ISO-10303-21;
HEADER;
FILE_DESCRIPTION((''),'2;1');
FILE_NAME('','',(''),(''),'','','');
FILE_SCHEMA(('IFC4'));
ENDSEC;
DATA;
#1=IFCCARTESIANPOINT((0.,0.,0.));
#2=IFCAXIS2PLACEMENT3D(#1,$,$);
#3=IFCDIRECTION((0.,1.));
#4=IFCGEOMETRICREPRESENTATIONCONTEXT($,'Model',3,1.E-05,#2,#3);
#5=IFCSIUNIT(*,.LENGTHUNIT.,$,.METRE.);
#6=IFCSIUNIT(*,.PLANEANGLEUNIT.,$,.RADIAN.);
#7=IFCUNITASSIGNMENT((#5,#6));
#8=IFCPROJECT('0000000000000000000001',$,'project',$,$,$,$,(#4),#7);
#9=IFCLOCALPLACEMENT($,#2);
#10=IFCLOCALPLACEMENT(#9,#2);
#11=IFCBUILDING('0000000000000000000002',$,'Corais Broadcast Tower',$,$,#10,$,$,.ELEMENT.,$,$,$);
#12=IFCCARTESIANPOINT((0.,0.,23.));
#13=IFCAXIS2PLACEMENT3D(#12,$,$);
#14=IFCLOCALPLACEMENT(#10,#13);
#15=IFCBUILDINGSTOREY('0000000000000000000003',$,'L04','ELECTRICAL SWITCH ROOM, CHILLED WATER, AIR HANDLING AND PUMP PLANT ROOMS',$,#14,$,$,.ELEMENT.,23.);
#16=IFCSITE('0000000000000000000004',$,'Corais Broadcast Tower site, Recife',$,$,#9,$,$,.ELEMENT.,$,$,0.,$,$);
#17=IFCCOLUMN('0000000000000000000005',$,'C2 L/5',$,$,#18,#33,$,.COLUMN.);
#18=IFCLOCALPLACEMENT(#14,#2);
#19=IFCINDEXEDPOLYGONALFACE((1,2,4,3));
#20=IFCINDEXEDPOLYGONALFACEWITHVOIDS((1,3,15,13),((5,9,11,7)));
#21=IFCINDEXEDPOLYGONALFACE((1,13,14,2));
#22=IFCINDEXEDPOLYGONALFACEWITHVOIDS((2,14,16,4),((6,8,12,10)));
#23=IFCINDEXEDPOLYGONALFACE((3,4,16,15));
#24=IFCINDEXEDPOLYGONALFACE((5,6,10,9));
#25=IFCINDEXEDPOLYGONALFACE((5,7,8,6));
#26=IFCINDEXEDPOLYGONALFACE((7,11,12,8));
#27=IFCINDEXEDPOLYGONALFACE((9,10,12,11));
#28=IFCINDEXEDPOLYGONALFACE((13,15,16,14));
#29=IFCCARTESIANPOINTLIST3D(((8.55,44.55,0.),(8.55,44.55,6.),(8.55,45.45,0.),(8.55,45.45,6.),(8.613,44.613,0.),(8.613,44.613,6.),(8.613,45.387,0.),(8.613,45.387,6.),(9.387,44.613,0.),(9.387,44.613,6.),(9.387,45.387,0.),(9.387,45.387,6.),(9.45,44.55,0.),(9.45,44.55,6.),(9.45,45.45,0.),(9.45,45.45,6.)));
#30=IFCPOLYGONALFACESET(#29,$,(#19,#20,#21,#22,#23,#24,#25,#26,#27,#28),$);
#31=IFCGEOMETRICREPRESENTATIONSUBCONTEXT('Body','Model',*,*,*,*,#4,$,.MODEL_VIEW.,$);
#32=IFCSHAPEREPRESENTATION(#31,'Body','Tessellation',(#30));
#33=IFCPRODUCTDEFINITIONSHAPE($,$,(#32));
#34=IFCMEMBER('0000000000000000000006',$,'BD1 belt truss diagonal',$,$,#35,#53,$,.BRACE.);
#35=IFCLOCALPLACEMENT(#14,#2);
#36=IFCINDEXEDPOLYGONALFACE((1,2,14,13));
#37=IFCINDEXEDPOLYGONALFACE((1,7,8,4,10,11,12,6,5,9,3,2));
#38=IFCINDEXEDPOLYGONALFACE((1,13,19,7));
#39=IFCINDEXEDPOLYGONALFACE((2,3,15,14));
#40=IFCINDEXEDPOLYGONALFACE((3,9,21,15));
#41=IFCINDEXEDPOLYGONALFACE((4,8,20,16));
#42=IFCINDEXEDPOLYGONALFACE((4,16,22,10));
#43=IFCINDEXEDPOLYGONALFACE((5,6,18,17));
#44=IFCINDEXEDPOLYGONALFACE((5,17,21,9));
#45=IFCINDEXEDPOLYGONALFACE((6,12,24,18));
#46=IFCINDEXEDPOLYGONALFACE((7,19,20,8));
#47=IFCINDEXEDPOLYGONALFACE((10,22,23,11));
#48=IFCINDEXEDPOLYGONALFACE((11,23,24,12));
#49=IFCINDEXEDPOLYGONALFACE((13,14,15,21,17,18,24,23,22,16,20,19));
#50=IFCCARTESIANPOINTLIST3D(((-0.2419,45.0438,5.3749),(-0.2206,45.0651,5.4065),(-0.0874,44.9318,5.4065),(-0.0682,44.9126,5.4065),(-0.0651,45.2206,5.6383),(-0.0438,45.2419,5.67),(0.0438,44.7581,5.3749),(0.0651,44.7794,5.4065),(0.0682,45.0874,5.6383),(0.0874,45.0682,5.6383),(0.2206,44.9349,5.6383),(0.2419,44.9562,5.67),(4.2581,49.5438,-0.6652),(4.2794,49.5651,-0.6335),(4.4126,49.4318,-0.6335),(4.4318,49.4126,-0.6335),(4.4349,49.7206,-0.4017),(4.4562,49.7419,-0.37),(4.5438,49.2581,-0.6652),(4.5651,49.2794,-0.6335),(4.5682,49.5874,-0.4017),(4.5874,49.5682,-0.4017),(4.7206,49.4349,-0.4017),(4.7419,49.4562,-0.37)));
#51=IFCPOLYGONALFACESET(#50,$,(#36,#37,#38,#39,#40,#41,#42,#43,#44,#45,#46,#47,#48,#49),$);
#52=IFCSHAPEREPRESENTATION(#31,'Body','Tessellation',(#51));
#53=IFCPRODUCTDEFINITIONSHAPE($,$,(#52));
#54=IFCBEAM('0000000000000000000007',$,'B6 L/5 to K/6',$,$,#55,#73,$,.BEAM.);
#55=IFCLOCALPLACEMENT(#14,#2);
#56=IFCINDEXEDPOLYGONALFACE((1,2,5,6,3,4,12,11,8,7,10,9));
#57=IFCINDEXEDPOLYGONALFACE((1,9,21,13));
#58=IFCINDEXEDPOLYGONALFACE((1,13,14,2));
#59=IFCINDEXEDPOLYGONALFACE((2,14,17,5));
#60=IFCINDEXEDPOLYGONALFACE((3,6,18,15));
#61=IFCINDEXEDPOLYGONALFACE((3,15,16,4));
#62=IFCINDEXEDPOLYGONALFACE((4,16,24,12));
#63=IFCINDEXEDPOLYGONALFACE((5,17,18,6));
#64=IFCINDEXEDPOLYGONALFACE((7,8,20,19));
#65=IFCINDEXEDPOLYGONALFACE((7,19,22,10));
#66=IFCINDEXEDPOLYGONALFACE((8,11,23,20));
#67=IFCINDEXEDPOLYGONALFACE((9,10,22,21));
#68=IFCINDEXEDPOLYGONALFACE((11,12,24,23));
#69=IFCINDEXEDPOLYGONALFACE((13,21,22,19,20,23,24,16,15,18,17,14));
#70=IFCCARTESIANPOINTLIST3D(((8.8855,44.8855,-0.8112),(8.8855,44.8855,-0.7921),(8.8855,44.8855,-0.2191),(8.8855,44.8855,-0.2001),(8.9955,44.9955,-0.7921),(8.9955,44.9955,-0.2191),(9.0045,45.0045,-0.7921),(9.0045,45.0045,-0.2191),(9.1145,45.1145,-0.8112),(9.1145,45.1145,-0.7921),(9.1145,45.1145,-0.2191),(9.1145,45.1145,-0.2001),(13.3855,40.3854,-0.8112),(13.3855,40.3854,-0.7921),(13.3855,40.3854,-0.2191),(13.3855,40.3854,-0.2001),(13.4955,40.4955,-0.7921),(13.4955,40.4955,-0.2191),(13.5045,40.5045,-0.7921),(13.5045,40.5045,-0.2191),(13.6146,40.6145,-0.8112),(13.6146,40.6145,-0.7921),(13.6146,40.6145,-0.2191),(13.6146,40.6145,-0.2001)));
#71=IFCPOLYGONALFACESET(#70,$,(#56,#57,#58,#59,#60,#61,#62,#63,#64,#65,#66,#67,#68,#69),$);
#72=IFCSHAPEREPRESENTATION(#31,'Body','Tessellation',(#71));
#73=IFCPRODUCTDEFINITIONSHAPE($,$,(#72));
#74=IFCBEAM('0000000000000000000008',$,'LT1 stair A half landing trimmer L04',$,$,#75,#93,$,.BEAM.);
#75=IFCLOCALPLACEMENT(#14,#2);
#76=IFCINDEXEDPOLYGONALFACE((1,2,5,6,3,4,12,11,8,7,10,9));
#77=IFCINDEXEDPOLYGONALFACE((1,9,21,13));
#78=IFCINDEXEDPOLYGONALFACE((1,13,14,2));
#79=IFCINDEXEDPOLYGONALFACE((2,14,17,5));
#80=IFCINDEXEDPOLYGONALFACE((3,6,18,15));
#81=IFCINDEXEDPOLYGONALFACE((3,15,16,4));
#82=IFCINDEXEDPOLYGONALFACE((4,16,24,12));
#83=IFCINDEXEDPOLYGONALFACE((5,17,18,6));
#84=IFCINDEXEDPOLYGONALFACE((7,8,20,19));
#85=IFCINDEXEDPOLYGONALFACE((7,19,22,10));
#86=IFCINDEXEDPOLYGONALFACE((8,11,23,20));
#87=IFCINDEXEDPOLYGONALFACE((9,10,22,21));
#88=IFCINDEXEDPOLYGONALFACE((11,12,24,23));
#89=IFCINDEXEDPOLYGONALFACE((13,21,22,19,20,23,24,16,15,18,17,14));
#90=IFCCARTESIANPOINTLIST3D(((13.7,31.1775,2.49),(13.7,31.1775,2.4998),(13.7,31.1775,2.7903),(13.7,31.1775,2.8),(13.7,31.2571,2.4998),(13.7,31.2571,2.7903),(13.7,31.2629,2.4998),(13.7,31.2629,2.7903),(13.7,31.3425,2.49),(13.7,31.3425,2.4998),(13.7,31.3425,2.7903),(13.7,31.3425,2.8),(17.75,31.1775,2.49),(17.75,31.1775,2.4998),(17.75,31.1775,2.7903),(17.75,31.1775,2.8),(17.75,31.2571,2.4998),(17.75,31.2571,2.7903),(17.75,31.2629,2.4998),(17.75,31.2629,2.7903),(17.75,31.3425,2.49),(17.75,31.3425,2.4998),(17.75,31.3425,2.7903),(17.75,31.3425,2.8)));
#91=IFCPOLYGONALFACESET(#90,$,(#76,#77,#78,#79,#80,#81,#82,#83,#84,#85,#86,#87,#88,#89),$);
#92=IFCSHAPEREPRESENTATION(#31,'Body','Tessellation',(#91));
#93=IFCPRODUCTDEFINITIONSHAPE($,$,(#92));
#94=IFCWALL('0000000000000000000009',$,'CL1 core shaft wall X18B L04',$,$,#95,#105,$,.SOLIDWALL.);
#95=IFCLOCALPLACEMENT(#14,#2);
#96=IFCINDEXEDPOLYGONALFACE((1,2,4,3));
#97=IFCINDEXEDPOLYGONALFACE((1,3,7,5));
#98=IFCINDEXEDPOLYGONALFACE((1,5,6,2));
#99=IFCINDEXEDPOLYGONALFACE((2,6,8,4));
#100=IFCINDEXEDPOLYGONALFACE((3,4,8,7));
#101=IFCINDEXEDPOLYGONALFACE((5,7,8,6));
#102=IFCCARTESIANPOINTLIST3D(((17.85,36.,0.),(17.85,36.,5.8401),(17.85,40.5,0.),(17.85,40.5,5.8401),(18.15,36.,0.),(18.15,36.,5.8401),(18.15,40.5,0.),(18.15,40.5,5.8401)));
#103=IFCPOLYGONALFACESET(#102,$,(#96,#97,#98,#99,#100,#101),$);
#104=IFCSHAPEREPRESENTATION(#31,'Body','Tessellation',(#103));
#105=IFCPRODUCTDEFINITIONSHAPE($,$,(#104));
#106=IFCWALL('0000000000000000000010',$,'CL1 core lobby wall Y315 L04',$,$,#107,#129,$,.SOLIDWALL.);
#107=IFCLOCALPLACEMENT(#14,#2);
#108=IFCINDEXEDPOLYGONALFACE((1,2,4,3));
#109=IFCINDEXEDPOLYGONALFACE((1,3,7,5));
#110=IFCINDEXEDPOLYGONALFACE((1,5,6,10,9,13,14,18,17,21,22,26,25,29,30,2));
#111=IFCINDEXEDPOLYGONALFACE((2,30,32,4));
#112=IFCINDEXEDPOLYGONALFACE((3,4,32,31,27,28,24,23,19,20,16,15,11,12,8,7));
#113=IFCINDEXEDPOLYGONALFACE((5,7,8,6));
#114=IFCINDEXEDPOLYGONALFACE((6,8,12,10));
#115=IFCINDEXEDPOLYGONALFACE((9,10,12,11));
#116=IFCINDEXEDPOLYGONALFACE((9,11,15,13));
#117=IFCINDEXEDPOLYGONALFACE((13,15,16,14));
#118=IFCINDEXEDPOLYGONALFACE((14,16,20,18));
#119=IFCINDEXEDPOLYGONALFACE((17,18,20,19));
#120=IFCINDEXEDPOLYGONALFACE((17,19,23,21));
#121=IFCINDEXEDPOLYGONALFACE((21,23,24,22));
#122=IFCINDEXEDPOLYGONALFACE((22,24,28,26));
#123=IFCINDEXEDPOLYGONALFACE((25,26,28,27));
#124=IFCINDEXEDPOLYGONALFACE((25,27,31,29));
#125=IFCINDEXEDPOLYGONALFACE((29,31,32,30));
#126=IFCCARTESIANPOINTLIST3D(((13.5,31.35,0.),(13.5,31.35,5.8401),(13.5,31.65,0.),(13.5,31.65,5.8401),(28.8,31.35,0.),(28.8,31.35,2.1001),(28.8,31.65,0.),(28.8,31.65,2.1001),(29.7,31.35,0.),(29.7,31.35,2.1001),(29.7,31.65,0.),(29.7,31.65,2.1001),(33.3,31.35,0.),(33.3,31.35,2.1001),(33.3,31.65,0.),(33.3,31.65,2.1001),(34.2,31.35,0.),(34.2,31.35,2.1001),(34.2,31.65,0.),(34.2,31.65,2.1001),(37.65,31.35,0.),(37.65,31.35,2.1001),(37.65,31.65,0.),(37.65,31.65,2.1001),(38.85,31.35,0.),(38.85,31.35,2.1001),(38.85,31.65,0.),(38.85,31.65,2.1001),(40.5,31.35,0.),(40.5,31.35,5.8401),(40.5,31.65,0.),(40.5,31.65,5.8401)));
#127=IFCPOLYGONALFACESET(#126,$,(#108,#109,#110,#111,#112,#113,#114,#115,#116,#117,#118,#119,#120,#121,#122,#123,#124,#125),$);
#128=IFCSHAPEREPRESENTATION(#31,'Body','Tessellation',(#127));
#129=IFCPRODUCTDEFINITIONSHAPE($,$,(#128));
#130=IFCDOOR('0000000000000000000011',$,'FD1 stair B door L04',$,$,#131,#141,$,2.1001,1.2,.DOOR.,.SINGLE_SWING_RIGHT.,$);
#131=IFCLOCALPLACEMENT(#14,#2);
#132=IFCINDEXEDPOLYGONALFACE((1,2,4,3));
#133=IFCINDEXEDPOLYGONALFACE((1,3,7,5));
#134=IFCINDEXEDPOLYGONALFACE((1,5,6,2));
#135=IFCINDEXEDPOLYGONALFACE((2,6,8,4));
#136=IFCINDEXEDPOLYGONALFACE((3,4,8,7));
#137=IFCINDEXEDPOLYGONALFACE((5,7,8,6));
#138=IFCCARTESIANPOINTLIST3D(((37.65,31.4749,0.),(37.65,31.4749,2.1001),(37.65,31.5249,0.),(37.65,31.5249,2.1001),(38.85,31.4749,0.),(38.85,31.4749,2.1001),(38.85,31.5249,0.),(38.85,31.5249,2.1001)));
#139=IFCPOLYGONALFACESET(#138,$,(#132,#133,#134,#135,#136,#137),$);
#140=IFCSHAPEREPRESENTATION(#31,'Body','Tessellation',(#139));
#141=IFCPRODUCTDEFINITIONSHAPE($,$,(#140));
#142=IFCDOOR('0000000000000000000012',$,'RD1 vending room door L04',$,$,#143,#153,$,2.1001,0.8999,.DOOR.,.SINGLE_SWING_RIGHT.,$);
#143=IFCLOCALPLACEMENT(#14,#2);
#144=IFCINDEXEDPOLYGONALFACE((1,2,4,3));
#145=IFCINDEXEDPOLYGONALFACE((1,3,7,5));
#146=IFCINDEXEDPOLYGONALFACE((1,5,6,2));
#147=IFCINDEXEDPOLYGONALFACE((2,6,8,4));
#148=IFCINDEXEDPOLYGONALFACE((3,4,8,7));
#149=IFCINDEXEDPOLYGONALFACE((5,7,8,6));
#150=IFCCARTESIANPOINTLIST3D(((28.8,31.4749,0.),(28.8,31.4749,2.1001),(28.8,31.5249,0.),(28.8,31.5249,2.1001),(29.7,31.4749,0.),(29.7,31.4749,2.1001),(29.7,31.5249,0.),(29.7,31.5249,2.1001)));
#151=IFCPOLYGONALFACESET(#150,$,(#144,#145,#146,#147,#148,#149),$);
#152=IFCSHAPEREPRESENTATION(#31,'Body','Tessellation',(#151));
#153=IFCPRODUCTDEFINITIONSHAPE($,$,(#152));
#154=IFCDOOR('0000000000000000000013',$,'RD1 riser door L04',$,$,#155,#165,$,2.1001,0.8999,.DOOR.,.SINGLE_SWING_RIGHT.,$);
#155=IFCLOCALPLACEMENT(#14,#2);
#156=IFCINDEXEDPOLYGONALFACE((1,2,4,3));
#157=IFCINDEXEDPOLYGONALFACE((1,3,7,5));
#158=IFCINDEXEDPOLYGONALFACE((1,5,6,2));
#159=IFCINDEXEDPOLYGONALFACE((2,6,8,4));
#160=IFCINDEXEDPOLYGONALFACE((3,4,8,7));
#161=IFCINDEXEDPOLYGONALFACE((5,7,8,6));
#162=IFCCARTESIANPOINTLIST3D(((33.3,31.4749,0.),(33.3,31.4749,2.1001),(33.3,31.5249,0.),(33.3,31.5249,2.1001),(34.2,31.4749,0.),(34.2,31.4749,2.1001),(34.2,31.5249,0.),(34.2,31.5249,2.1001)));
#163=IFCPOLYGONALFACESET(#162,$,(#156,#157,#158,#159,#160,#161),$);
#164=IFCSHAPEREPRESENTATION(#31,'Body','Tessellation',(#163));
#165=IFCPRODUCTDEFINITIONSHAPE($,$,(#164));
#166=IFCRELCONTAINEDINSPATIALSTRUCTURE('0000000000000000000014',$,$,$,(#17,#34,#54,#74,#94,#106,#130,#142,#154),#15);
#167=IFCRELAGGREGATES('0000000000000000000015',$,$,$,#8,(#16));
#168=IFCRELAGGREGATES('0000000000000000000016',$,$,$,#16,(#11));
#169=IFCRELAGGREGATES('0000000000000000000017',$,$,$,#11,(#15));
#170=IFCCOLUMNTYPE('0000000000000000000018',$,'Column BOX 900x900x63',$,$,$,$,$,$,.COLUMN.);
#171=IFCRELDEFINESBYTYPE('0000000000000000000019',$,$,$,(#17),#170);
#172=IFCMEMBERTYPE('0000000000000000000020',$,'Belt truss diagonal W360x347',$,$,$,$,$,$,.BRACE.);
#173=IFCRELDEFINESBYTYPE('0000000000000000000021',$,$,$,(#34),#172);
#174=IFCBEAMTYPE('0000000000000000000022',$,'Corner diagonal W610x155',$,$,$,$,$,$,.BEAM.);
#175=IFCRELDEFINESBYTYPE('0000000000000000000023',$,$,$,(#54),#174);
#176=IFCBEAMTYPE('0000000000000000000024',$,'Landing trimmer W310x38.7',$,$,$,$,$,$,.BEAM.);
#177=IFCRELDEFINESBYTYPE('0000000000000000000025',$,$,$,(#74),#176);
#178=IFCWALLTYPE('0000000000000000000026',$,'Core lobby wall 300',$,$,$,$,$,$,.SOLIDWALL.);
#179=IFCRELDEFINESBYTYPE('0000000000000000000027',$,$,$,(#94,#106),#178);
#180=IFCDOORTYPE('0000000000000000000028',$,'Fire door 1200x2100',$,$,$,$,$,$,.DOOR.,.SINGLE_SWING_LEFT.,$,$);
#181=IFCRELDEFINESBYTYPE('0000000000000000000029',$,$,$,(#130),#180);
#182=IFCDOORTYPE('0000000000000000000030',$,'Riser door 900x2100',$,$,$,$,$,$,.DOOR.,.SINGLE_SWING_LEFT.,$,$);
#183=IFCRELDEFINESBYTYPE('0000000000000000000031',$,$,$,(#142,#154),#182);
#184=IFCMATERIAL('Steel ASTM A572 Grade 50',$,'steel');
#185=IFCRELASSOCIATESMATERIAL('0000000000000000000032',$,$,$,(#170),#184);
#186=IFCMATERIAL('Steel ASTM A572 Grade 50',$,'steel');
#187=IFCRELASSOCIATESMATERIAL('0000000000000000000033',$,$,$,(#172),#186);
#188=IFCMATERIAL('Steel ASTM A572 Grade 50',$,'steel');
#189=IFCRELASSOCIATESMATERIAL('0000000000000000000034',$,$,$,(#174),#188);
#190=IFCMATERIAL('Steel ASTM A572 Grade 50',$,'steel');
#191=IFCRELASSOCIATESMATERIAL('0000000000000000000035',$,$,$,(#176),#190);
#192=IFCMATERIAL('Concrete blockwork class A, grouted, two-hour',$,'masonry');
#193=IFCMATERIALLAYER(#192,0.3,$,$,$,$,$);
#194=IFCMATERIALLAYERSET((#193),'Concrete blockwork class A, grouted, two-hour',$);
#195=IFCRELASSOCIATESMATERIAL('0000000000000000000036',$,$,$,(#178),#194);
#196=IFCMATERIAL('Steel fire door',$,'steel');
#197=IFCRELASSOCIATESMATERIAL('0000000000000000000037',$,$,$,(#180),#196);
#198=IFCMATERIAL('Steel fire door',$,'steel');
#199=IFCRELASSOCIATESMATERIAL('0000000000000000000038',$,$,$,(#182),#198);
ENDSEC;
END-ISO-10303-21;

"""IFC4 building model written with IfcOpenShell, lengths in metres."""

from ifc_helpers import new_model, si_unit, direction, frame, frame_2d, origin, origin_2d, place, context, subcontext, project, spatial, rectangle, hollow_rectangle, i_section, extrude, material, layer, layer_set, material_profile, profile_set, type_object, element, fill, save


model = new_model("IFC4")

# Units and contexts
model_context = context("Model", 3, precision=1e-05, world=origin(), true_north=direction((0.0, 1.0)))
body_context = subcontext(model_context, "Body", "Model", "MODEL_VIEW")
ifc_project = project(units=[si_unit("LENGTHUNIT", "METRE"), si_unit("PLANEANGLEUNIT", "RADIAN")], contexts=[model_context])

# Site, building, storey
site_placement = place(None, origin())
site = spatial("IfcSite", under=ifc_project, at=site_placement, Name="Corais Broadcast Tower site, Recife", CompositionType="ELEMENT", RefElevation=0.0)
building_placement = place(site_placement, origin())
building = spatial("IfcBuilding", under=site, at=building_placement, Name="Corais Broadcast Tower", CompositionType="ELEMENT")
storey_placement = place(building_placement, frame((0.0, 0.0, 23.0)))
storey = spatial("IfcBuildingStorey", under=building, at=storey_placement, Name="L04", Description="ELECTRICAL SWITCH ROOM, CHILLED WATER, AIR HANDLING AND PUMP PLANT ROOMS", CompositionType="ELEMENT", Elevation=23.0)

# Column
ifc_material_1 = material(Name="Steel ASTM A572 Grade 50", Category="steel")
ifc_material_profile_1 = material_profile(ifc_material_1, hollow_rectangle(XDim=0.8999, YDim=0.8999, WallThickness=0.063, at=origin_2d()), Name="BOX 900x900x63")
ifc_profile_set_1 = profile_set([ifc_material_profile_1], Name="Steel ASTM A572 Grade 50")
column_type = type_object("IfcColumnType", Name="Column BOX 900x900x63", PredefinedType="COLUMN", material=ifc_profile_set_1)
column_placement = place(storey_placement, frame((9.0, 45.0, 0.0), z_axis=(0.0, 0.0, 1.0), x_axis=(1.0, 0.0, 0.0)))
element("IfcColumn", 1, at=column_placement, inside=storey, type_object=column_type, Name="C2 L/5", PredefinedType="COLUMN", context=body_context, shape_type="SweptSolid", body=[
    extrude(hollow_rectangle(XDim=0.8999, YDim=0.8999, WallThickness=0.063, at=origin_2d()), origin(), (0.0, 0.0, 1.0), 6.0),
])

# Member
ifc_material_2 = material(Name="Steel ASTM A572 Grade 50", Category="steel")
ifc_material_profile_2 = material_profile(ifc_material_2, i_section(OverallWidth=0.4041, OverallDepth=0.407, WebThickness=0.0271, FlangeThickness=0.0437, at=origin_2d()), Name="W360x347")
ifc_profile_set_2 = profile_set([ifc_material_profile_2], Name="Steel ASTM A572 Grade 50")
member_type = type_object("IfcMemberType", Name="Belt truss diagonal W360x347", PredefinedType="BRACE", material=ifc_profile_set_2)
member_placement = place(storey_placement, frame((4.5, 49.5, -0.5176), z_axis=(-0.512882, -0.512882, 0.688406), x_axis=(0.707107, -0.707107, 0.0)))
element("IfcMember", 2, at=member_placement, inside=storey, type_object=member_type, Name="BD1 belt truss diagonal", PredefinedType="BRACE", context=body_context, shape_type="SweptSolid", body=[
    extrude(i_section(OverallWidth=0.4041, OverallDepth=0.407, WebThickness=0.0271, FlangeThickness=0.0437, at=origin_2d()), origin(), (0.0, 0.0, 1.0), 8.7739),
])

# Beams
ifc_material_3 = material(Name="Steel ASTM A572 Grade 50", Category="steel")
ifc_material_profile_3 = material_profile(ifc_material_3, i_section(OverallWidth=0.324, OverallDepth=0.6111, WebThickness=0.0127, FlangeThickness=0.019, at=origin_2d()), Name="W610x155")
ifc_profile_set_3 = profile_set([ifc_material_profile_3], Name="Steel ASTM A572 Grade 50")
beam_type_1 = type_object("IfcBeamType", Name="Corner diagonal W610x155", PredefinedType="BEAM", material=ifc_profile_set_3)
beam_1_placement = place(storey_placement, frame((9.0, 45.0, -0.5056), z_axis=(0.707107, -0.707107, 0.0), x_axis=(0.707107, 0.707107, 0.0)))
element("IfcBeam", 3, at=beam_1_placement, inside=storey, type_object=beam_type_1, Name="B6 L/5 to K/6", PredefinedType="BEAM", context=body_context, shape_type="SweptSolid", body=[
    extrude(i_section(OverallWidth=0.324, OverallDepth=0.6111, WebThickness=0.0127, FlangeThickness=0.019, at=origin_2d()), origin(), (0.0, 0.0, 1.0), 6.364),
])
ifc_material_4 = material(Name="Steel ASTM A572 Grade 50", Category="steel")
ifc_material_profile_4 = material_profile(ifc_material_4, i_section(OverallWidth=0.165, OverallDepth=0.3101, WebThickness=0.0059, FlangeThickness=0.0098, at=origin_2d()), Name="W310x38.7")
ifc_profile_set_4 = profile_set([ifc_material_profile_4], Name="Steel ASTM A572 Grade 50")
beam_type_2 = type_object("IfcBeamType", Name="Landing trimmer W310x38.7", PredefinedType="BEAM", material=ifc_profile_set_4)
beam_2_placement = place(storey_placement, frame((13.7, 31.26, 2.645), z_axis=(1.0, 0.0, 0.0), x_axis=(0.0, 1.0, 0.0)))
element("IfcBeam", 4, at=beam_2_placement, inside=storey, type_object=beam_type_2, Name="LT1 stair A half landing trimmer L04", PredefinedType="BEAM", context=body_context, shape_type="SweptSolid", body=[
    extrude(i_section(OverallWidth=0.165, OverallDepth=0.3101, WebThickness=0.0059, FlangeThickness=0.0098, at=origin_2d()), origin(), (0.0, 0.0, 1.0), 4.05),
])

# Wall
ifc_material_5 = material(Name="Concrete blockwork class A, grouted, two-hour", Category="masonry")
ifc_layer_1 = layer(ifc_material_5, 0.3)
ifc_layer_set_1 = layer_set([ifc_layer_1], Name="Concrete blockwork class A, grouted, two-hour")
wall_type_1 = type_object("IfcWallType", Name="Core lobby wall 300", PredefinedType="SOLIDWALL", material=ifc_layer_set_1)
wall_1_placement = place(storey_placement, frame((18.0, 36.0, 0.0), z_axis=(0.0, 0.0, 1.0), x_axis=(0.0, 1.0, 0.0)))
element("IfcWall", 5, at=wall_1_placement, inside=storey, type_object=wall_type_1, Name="CL1 core shaft wall X18B L04", PredefinedType="SOLIDWALL", context=body_context, shape_type="SweptSolid", body=[
    extrude(rectangle(XDim=4.5, YDim=0.3, at=frame_2d((2.25, 0.0))), origin(), (0.0, 0.0, 1.0), 5.8401),
])

# Wall, openings, doors
wall_2_placement = place(storey_placement, frame((13.5, 31.5, 0.0), z_axis=(0.0, 0.0, 1.0), x_axis=(1.0, 0.0, 0.0)))
wall_2 = element("IfcWall", 6, at=wall_2_placement, inside=storey, type_object=wall_type_1, Name="CL1 core lobby wall Y315 L04", PredefinedType="SOLIDWALL", context=body_context, shape_type="SweptSolid", body=[
    extrude(rectangle(XDim=27.0, YDim=0.3, at=frame_2d((13.5, 0.0))), origin(), (0.0, 0.0, 1.0), 5.8401),
])
opening_1_placement = place(wall_2_placement, frame((24.1499, 0.0, 0.0)))
opening_1 = element("IfcOpeningElement", 7, at=opening_1_placement, cuts=wall_2, PredefinedType="OPENING", context=body_context, shape_type="SweptSolid", body=[
    extrude(rectangle(XDim=1.2, YDim=2.1001, at=frame_2d((0.6001, 1.05))), frame((0.0, 0.1599, 0.0), z_axis=(0.0, -1.0, 0.0), x_axis=(1.0, 0.0, 0.0)), (0.0, 0.0, 1.0), 0.3201),
])
opening_2_placement = place(wall_2_placement, frame((15.3, 0.0, 0.0)))
opening_2 = element("IfcOpeningElement", 8, at=opening_2_placement, cuts=wall_2, PredefinedType="OPENING", context=body_context, shape_type="SweptSolid", body=[
    extrude(rectangle(XDim=0.8999, YDim=2.1001, at=frame_2d((0.45, 1.05))), frame((0.0, 0.1599, 0.0), z_axis=(0.0, -1.0, 0.0), x_axis=(1.0, 0.0, 0.0)), (0.0, 0.0, 1.0), 0.3201),
])
opening_3_placement = place(wall_2_placement, frame((19.8, 0.0, 0.0)))
opening_3 = element("IfcOpeningElement", 9, at=opening_3_placement, cuts=wall_2, PredefinedType="OPENING", context=body_context, shape_type="SweptSolid", body=[
    extrude(rectangle(XDim=0.8999, YDim=2.1001, at=frame_2d((0.45, 1.05))), frame((0.0, 0.1599, 0.0), z_axis=(0.0, -1.0, 0.0), x_axis=(1.0, 0.0, 0.0)), (0.0, 0.0, 1.0), 0.3201),
])
ifc_material_6 = material(Name="Steel fire door", Category="steel")
door_type_1 = type_object("IfcDoorType", Name="Fire door 1200x2100", OperationType="SINGLE_SWING_LEFT", PredefinedType="DOOR", material=ifc_material_6)
door_1_placement = place(opening_1_placement, origin())
door_1 = element("IfcDoor", 10, at=door_1_placement, inside=storey, type_object=door_type_1, Name="FD1 stair B door L04", OperationType="SINGLE_SWING_RIGHT", OverallHeight=2.1001, OverallWidth=1.2, PredefinedType="DOOR", context=body_context, shape_type="SweptSolid", body=[
    extrude(rectangle(XDim=1.2, YDim=2.1001, at=frame_2d((0.6001, 1.05))), frame((0.0, 0.0249, 0.0), z_axis=(0.0, -1.0, 0.0), x_axis=(1.0, 0.0, 0.0)), (0.0, 0.0, 1.0), 0.05),
])
fill(opening_1, door_1)
ifc_material_7 = material(Name="Steel fire door", Category="steel")
door_type_2 = type_object("IfcDoorType", Name="Riser door 900x2100", OperationType="SINGLE_SWING_LEFT", PredefinedType="DOOR", material=ifc_material_7)
door_2_placement = place(opening_2_placement, origin())
door_2 = element("IfcDoor", 11, at=door_2_placement, inside=storey, type_object=door_type_2, Name="RD1 vending room door L04", OperationType="SINGLE_SWING_RIGHT", OverallHeight=2.1001, OverallWidth=0.8999, PredefinedType="DOOR", context=body_context, shape_type="SweptSolid", body=[
    extrude(rectangle(XDim=0.8999, YDim=2.1001, at=frame_2d((0.45, 1.05))), frame((0.0, 0.0249, 0.0), z_axis=(0.0, -1.0, 0.0), x_axis=(1.0, 0.0, 0.0)), (0.0, 0.0, 1.0), 0.05),
])
fill(opening_2, door_2)
door_3_placement = place(opening_3_placement, origin())
door_3 = element("IfcDoor", 12, at=door_3_placement, inside=storey, type_object=door_type_2, Name="RD1 riser door L04", OperationType="SINGLE_SWING_RIGHT", OverallHeight=2.1001, OverallWidth=0.8999, PredefinedType="DOOR", context=body_context, shape_type="SweptSolid", body=[
    extrude(rectangle(XDim=0.8999, YDim=2.1001, at=frame_2d((0.45, 1.05))), frame((0.0, 0.0249, 0.0), z_axis=(0.0, -1.0, 0.0), x_axis=(1.0, 0.0, 0.0)), (0.0, 0.0, 1.0), 0.05),
])
fill(opening_3, door_3)

save(model, "model.ifc")
